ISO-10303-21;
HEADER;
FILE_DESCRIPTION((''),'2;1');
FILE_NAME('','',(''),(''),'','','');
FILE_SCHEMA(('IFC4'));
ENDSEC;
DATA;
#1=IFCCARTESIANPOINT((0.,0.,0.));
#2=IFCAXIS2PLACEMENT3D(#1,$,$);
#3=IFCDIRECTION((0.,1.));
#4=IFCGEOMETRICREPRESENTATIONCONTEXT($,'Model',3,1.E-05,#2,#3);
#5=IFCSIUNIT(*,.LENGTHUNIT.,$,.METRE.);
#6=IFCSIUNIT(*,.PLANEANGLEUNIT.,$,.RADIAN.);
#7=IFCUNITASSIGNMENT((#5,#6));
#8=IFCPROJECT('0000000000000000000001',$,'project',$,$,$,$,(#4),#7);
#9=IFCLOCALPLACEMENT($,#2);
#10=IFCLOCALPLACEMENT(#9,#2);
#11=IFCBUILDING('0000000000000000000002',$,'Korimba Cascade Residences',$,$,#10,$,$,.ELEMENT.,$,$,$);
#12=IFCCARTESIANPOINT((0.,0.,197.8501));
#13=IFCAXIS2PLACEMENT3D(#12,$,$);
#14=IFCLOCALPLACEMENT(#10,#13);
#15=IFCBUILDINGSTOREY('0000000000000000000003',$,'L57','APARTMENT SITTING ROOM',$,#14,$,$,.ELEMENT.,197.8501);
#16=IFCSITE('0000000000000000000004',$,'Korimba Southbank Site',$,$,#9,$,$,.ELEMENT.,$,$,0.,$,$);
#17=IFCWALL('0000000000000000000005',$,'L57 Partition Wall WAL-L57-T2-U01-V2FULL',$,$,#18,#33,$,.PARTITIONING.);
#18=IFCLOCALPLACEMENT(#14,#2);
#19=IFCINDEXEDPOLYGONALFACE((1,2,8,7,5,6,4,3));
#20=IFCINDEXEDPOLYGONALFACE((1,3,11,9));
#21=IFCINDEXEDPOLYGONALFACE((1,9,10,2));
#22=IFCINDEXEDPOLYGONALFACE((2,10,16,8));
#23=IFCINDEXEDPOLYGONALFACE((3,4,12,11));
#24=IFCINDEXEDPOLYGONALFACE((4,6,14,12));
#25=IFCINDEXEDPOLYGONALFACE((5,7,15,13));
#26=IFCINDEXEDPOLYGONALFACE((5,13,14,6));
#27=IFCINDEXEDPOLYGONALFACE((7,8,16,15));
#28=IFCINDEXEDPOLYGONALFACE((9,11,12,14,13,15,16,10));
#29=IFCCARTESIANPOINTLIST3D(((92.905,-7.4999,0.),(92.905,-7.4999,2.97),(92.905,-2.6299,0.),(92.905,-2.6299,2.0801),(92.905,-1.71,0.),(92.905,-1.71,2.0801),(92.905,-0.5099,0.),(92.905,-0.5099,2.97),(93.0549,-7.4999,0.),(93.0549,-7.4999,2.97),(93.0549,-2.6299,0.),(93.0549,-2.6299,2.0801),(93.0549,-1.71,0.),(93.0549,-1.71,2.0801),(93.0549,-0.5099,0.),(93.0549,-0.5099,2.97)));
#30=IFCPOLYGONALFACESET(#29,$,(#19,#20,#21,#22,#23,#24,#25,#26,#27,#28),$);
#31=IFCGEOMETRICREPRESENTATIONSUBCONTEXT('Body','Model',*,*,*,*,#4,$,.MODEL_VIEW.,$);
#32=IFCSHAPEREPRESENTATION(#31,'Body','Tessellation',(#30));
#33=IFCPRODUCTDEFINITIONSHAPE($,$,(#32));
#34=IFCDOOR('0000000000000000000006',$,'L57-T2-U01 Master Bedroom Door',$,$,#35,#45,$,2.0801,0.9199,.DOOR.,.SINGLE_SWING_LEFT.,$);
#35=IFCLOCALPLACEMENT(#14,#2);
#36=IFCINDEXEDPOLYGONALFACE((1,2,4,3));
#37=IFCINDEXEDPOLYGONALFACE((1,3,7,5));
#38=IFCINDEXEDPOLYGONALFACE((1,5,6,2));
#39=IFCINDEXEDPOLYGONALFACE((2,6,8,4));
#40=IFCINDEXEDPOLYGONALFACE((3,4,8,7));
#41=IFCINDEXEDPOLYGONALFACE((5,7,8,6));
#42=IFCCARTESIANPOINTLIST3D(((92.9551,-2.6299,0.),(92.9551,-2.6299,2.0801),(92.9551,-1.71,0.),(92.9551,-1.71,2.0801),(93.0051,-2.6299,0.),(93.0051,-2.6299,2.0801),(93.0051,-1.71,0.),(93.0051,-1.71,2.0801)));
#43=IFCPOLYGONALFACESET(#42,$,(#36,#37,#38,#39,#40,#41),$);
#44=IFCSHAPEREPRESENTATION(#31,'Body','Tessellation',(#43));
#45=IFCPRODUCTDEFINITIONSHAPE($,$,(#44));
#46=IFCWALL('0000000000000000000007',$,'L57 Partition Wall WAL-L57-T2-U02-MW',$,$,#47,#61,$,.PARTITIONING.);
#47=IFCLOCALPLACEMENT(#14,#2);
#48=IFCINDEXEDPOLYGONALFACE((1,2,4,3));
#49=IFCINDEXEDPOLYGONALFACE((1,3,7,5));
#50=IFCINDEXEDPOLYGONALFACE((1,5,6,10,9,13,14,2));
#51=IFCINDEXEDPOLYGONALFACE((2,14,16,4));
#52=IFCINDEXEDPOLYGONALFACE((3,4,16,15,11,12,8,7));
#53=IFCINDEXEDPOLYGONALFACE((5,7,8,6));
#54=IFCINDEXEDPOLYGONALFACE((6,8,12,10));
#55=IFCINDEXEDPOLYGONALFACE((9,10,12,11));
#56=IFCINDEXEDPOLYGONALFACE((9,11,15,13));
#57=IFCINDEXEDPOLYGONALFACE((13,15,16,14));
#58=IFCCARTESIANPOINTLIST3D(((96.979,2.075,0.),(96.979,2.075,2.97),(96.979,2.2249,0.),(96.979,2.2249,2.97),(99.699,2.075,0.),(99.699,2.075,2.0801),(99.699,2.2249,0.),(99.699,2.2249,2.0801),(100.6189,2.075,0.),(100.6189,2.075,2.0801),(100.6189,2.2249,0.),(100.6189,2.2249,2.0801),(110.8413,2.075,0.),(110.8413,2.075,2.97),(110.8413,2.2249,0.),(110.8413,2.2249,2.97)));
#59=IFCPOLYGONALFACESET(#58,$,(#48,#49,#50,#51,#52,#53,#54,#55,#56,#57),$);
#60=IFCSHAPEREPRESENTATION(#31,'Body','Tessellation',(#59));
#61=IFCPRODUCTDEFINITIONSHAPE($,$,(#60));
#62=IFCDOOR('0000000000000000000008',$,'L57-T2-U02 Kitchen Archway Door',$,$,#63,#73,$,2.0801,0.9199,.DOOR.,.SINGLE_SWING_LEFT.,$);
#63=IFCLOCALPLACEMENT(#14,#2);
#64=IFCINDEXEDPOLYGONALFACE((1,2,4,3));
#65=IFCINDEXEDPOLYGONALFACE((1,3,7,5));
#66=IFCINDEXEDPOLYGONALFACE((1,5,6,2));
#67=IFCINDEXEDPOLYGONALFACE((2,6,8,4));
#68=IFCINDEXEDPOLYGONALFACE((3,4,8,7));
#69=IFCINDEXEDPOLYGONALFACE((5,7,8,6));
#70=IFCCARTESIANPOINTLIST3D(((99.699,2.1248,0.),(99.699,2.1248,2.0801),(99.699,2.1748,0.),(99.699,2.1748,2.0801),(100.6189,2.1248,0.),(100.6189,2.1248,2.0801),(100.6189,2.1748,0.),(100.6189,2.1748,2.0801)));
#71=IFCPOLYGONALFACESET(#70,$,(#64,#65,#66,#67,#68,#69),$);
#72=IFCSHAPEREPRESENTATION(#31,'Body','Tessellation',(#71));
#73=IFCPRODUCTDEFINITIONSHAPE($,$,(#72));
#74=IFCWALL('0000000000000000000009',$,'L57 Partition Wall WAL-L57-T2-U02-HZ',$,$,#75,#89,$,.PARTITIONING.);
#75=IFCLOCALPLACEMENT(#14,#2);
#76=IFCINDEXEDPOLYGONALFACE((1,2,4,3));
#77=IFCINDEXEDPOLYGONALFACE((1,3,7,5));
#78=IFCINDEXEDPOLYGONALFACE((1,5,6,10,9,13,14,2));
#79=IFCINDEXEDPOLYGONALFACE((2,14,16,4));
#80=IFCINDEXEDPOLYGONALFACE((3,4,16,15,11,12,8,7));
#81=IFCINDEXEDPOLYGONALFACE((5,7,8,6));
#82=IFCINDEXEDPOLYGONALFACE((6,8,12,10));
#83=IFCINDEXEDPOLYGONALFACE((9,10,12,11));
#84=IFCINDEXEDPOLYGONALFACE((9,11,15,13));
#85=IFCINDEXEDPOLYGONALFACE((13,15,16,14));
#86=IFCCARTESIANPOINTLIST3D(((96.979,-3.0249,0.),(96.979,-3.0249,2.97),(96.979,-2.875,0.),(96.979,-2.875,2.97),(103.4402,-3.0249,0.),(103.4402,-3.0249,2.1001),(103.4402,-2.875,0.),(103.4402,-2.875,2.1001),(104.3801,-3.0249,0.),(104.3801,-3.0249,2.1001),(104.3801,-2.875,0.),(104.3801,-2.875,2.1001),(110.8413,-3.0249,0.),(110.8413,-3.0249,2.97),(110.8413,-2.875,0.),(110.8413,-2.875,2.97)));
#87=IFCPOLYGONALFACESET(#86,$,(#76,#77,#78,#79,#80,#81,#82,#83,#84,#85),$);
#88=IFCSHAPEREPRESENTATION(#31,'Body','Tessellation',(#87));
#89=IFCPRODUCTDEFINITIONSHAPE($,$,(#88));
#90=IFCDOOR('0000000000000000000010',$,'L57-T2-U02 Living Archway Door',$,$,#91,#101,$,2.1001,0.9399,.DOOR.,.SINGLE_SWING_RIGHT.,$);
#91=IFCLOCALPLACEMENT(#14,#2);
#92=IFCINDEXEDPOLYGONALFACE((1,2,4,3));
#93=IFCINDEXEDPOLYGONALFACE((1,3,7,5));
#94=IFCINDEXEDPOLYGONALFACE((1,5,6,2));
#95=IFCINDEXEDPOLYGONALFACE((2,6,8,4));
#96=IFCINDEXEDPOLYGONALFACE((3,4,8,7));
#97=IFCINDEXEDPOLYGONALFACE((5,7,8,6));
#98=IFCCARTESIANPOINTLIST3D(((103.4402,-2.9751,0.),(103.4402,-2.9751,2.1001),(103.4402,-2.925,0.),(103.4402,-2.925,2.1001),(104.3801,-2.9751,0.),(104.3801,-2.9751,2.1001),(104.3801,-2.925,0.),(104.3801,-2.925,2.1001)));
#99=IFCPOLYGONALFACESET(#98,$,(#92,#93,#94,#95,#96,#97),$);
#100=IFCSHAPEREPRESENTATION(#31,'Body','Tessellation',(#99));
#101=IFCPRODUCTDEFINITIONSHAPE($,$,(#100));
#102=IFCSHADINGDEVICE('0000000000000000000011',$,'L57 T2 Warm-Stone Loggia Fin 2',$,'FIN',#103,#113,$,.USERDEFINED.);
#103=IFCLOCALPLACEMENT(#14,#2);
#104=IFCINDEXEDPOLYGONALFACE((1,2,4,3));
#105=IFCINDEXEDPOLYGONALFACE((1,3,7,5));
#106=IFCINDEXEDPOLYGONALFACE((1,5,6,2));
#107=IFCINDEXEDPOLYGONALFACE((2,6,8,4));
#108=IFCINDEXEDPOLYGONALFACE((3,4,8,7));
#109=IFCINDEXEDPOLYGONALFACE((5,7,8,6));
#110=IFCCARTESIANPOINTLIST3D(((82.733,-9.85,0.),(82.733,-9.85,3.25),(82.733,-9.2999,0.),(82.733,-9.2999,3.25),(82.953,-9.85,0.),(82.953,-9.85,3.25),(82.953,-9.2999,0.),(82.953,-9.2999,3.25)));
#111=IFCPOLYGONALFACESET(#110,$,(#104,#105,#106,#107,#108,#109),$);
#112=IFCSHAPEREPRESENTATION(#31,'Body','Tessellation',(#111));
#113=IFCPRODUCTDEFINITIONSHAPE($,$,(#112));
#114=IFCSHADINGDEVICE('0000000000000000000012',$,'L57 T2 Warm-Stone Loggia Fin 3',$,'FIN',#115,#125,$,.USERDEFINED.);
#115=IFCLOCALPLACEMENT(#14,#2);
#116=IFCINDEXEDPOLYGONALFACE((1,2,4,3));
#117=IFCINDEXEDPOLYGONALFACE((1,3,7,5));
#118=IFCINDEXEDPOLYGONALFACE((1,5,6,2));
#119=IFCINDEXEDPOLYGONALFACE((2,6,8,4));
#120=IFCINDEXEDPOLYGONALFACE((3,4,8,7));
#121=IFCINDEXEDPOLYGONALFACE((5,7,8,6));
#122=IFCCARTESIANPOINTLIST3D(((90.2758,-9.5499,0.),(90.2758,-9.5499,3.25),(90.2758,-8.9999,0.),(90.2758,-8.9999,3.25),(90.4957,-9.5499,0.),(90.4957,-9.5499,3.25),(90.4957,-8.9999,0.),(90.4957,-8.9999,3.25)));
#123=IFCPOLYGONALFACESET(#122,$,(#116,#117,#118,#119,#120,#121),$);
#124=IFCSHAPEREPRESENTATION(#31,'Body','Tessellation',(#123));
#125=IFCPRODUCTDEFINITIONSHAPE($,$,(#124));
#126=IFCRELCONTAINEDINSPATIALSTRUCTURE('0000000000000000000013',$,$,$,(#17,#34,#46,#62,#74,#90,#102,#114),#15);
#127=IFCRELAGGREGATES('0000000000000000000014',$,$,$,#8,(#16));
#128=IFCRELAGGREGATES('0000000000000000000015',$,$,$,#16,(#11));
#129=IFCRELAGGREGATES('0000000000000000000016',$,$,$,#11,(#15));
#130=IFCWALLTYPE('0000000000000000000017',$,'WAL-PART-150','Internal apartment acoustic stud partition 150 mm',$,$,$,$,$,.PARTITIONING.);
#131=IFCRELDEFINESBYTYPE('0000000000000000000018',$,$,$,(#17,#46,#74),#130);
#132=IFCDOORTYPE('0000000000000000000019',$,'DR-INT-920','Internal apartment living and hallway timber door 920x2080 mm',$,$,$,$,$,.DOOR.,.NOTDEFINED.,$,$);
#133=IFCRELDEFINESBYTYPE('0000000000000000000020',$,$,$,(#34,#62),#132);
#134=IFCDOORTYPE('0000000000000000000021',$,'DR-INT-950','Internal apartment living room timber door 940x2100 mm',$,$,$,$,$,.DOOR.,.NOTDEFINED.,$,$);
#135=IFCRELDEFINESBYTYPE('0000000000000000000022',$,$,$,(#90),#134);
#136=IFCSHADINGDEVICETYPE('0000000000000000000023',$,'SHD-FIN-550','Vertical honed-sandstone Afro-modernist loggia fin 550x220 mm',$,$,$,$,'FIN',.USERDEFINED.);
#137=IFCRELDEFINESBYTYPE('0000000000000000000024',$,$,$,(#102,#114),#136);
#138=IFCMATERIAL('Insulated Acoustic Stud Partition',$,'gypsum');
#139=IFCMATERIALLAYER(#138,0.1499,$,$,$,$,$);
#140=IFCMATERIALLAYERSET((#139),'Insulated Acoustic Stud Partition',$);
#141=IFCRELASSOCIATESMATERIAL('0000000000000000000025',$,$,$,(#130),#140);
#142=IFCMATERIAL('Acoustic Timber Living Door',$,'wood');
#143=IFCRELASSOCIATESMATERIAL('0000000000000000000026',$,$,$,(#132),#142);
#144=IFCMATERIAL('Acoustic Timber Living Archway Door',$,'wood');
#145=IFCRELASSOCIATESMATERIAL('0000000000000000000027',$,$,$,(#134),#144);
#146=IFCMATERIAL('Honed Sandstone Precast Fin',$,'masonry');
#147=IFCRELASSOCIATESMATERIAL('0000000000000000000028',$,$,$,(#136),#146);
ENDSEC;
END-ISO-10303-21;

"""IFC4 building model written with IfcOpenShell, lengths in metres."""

from ifc_helpers import new_model, si_unit, direction, frame, frame_2d, origin, origin_2d, place, context, subcontext, project, spatial, rectangle, extrude, material, layer, layer_set, type_object, element, fill, save


model = new_model("IFC4")

# Units and contexts
model_context = context("Model", 3, precision=1e-05, world=origin(), true_north=direction((0.0, 1.0)))
body_context = subcontext(model_context, "Body", "Model", "MODEL_VIEW")
ifc_project = project(units=[si_unit("LENGTHUNIT", "METRE"), si_unit("PLANEANGLEUNIT", "RADIAN")], contexts=[model_context])

# Site, building, storey
site_placement = place(None, origin())
site = spatial("IfcSite", under=ifc_project, at=site_placement, Name="Korimba Southbank Site", CompositionType="ELEMENT", RefElevation=0.0)
building_placement = place(site_placement, origin())
building = spatial("IfcBuilding", under=site, at=building_placement, Name="Korimba Cascade Residences", CompositionType="ELEMENT")
storey_placement = place(building_placement, frame((0.0, 0.0, 197.8501)))
storey = spatial("IfcBuildingStorey", under=building, at=storey_placement, Name="L57", Description="APARTMENT SITTING ROOM", CompositionType="ELEMENT", Elevation=197.8501)

# Shared definitions
ifc_material_1 = material(Name="Insulated Acoustic Stud Partition", Category="gypsum")
ifc_layer_1 = layer(ifc_material_1, 0.1499)
ifc_layer_set_1 = layer_set([ifc_layer_1], Name="Insulated Acoustic Stud Partition")
wall_type_1 = type_object("IfcWallType", Name="WAL-PART-150", Description="Internal apartment acoustic stud partition 150 mm", PredefinedType="PARTITIONING", material=ifc_layer_set_1)

# Walls, openings, doors
wall_1_placement = place(storey_placement, frame((92.98, -7.5, 0.0), z_axis=(0.0, 0.0, 1.0), x_axis=(0.0, 1.0, 0.0)))
wall_1 = element("IfcWall", 1, at=wall_1_placement, inside=storey, type_object=wall_type_1, Name="L57 Partition Wall WAL-L57-T2-U01-V2FULL", PredefinedType="PARTITIONING", context=body_context, shape_type="SweptSolid", body=[
    extrude(rectangle(XDim=6.99, YDim=0.1499, at=frame_2d((3.4951, 0.0))), origin(), (0.0, 0.0, 1.0), 2.97),
])
opening_1_placement = place(wall_1_placement, frame((4.8701, 0.0, 0.0)))
opening_1 = element("IfcOpeningElement", 2, at=opening_1_placement, cuts=wall_1, PredefinedType="OPENING", context=body_context, shape_type="SweptSolid", body=[
    extrude(rectangle(XDim=0.9199, YDim=2.0801, at=frame_2d((0.46, 1.04))), frame((0.0, 0.085, 0.0), z_axis=(0.0, -1.0, 0.0), x_axis=(1.0, 0.0, 0.0)), (0.0, 0.0, 1.0), 0.1699),
])
ifc_material_2 = material(Name="Acoustic Timber Living Door", Category="wood")
door_type_1 = type_object("IfcDoorType", Name="DR-INT-920", Description="Internal apartment living and hallway timber door 920x2080 mm", OperationType="NOTDEFINED", PredefinedType="DOOR", material=ifc_material_2)
door_1_placement = place(opening_1_placement, origin())
door_1 = element("IfcDoor", 3, at=door_1_placement, inside=storey, type_object=door_type_1, Name="L57-T2-U01 Master Bedroom Door", OperationType="SINGLE_SWING_LEFT", OverallHeight=2.0801, OverallWidth=0.9199, PredefinedType="DOOR", context=body_context, shape_type="SweptSolid", body=[
    extrude(rectangle(XDim=0.9199, YDim=2.0801, at=frame_2d((0.46, 1.04))), frame((0.0, 0.0249, 0.0), z_axis=(0.0, -1.0, 0.0), x_axis=(1.0, 0.0, 0.0)), (0.0, 0.0, 1.0), 0.05),
])
fill(opening_1, door_1)
wall_2_placement = place(storey_placement, frame((96.979, 2.1499, 0.0), z_axis=(0.0, 0.0, 1.0), x_axis=(1.0, 0.0, 0.0)))
wall_2 = element("IfcWall", 4, at=wall_2_placement, inside=storey, type_object=wall_type_1, Name="L57 Partition Wall WAL-L57-T2-U02-MW", PredefinedType="PARTITIONING", context=body_context, shape_type="SweptSolid", body=[
    extrude(rectangle(XDim=13.8623, YDim=0.1499, at=frame_2d((6.9312, 0.0))), origin(), (0.0, 0.0, 1.0), 2.97),
])
opening_2_placement = place(wall_2_placement, frame((2.72, 0.0, 0.0)))
opening_2 = element("IfcOpeningElement", 5, at=opening_2_placement, cuts=wall_2, PredefinedType="OPENING", context=body_context, shape_type="SweptSolid", body=[
    extrude(rectangle(XDim=0.9199, YDim=2.0801, at=frame_2d((0.46, 1.04))), frame((0.0, 0.085, 0.0), z_axis=(0.0, -1.0, 0.0), x_axis=(1.0, 0.0, 0.0)), (0.0, 0.0, 1.0), 0.1699),
])
door_2_placement = place(opening_2_placement, origin())
door_2 = element("IfcDoor", 6, at=door_2_placement, inside=storey, type_object=door_type_1, Name="L57-T2-U02 Kitchen Archway Door", OperationType="SINGLE_SWING_LEFT", OverallHeight=2.0801, OverallWidth=0.9199, PredefinedType="DOOR", context=body_context, shape_type="SweptSolid", body=[
    extrude(rectangle(XDim=0.9199, YDim=2.0801, at=frame_2d((0.46, 1.04))), frame((0.0, 0.0249, 0.0), z_axis=(0.0, -1.0, 0.0), x_axis=(1.0, 0.0, 0.0)), (0.0, 0.0, 1.0), 0.05),
])
fill(opening_2, door_2)
wall_3_placement = place(storey_placement, frame((96.979, -2.95, 0.0), z_axis=(0.0, 0.0, 1.0), x_axis=(1.0, 0.0, 0.0)))
wall_3 = element("IfcWall", 7, at=wall_3_placement, inside=storey, type_object=wall_type_1, Name="L57 Partition Wall WAL-L57-T2-U02-HZ", PredefinedType="PARTITIONING", context=body_context, shape_type="SweptSolid", body=[
    extrude(rectangle(XDim=13.8623, YDim=0.1499, at=frame_2d((6.9312, 0.0))), origin(), (0.0, 0.0, 1.0), 2.97),
])
opening_3_placement = place(wall_3_placement, frame((6.4612, 0.0, 0.0)))
opening_3 = element("IfcOpeningElement", 8, at=opening_3_placement, cuts=wall_3, PredefinedType="OPENING", context=body_context, shape_type="SweptSolid", body=[
    extrude(rectangle(XDim=0.9399, YDim=2.1001, at=frame_2d((0.47, 1.05))), frame((0.0, 0.085, 0.0), z_axis=(0.0, -1.0, 0.0), x_axis=(1.0, 0.0, 0.0)), (0.0, 0.0, 1.0), 0.1699),
])
ifc_material_3 = material(Name="Acoustic Timber Living Archway Door", Category="wood")
door_type_2 = type_object("IfcDoorType", Name="DR-INT-950", Description="Internal apartment living room timber door 940x2100 mm", OperationType="NOTDEFINED", PredefinedType="DOOR", material=ifc_material_3)
door_3_placement = place(opening_3_placement, origin())
door_3 = element("IfcDoor", 9, at=door_3_placement, inside=storey, type_object=door_type_2, Name="L57-T2-U02 Living Archway Door", OperationType="SINGLE_SWING_RIGHT", OverallHeight=2.1001, OverallWidth=0.9399, PredefinedType="DOOR", context=body_context, shape_type="SweptSolid", body=[
    extrude(rectangle(XDim=0.9399, YDim=2.1001, at=frame_2d((0.47, 1.05))), frame((0.0, 0.0249, 0.0), z_axis=(0.0, -1.0, 0.0), x_axis=(1.0, 0.0, 0.0)), (0.0, 0.0, 1.0), 0.05),
])
fill(opening_3, door_3)

# Shading devices
ifc_material_4 = material(Name="Honed Sandstone Precast Fin", Category="masonry")
shading_device_type = type_object("IfcShadingDeviceType", Name="SHD-FIN-550", Description="Vertical honed-sandstone Afro-modernist loggia fin 550x220 mm", ElementType="FIN", PredefinedType="USERDEFINED", material=ifc_material_4)
for number, where, z_axis, x_axis, name in (
    (10, (82.843, -9.575, 0.0), (0.0, 0.0, 1.0), (1.0, 0.0, 0.0), "L57 T2 Warm-Stone Loggia Fin 2"),
    (11, (90.3857, -9.2749, 0.0), (0.0, 0.0, 1.0), (1.0, 0.0, 0.0), "L57 T2 Warm-Stone Loggia Fin 3"),
):
    element("IfcShadingDevice", number, at=place(storey_placement, frame(where, z_axis=z_axis, x_axis=x_axis)), inside=storey, type_object=shading_device_type, Name=name, ObjectType="FIN", PredefinedType="USERDEFINED", context=body_context, shape_type="SweptSolid", body=[
        extrude(rectangle(XDim=0.22, YDim=0.55, at=origin_2d()), origin(), (0.0, 0.0, 1.0), 3.25),
    ])

save(model, "model.ifc")
